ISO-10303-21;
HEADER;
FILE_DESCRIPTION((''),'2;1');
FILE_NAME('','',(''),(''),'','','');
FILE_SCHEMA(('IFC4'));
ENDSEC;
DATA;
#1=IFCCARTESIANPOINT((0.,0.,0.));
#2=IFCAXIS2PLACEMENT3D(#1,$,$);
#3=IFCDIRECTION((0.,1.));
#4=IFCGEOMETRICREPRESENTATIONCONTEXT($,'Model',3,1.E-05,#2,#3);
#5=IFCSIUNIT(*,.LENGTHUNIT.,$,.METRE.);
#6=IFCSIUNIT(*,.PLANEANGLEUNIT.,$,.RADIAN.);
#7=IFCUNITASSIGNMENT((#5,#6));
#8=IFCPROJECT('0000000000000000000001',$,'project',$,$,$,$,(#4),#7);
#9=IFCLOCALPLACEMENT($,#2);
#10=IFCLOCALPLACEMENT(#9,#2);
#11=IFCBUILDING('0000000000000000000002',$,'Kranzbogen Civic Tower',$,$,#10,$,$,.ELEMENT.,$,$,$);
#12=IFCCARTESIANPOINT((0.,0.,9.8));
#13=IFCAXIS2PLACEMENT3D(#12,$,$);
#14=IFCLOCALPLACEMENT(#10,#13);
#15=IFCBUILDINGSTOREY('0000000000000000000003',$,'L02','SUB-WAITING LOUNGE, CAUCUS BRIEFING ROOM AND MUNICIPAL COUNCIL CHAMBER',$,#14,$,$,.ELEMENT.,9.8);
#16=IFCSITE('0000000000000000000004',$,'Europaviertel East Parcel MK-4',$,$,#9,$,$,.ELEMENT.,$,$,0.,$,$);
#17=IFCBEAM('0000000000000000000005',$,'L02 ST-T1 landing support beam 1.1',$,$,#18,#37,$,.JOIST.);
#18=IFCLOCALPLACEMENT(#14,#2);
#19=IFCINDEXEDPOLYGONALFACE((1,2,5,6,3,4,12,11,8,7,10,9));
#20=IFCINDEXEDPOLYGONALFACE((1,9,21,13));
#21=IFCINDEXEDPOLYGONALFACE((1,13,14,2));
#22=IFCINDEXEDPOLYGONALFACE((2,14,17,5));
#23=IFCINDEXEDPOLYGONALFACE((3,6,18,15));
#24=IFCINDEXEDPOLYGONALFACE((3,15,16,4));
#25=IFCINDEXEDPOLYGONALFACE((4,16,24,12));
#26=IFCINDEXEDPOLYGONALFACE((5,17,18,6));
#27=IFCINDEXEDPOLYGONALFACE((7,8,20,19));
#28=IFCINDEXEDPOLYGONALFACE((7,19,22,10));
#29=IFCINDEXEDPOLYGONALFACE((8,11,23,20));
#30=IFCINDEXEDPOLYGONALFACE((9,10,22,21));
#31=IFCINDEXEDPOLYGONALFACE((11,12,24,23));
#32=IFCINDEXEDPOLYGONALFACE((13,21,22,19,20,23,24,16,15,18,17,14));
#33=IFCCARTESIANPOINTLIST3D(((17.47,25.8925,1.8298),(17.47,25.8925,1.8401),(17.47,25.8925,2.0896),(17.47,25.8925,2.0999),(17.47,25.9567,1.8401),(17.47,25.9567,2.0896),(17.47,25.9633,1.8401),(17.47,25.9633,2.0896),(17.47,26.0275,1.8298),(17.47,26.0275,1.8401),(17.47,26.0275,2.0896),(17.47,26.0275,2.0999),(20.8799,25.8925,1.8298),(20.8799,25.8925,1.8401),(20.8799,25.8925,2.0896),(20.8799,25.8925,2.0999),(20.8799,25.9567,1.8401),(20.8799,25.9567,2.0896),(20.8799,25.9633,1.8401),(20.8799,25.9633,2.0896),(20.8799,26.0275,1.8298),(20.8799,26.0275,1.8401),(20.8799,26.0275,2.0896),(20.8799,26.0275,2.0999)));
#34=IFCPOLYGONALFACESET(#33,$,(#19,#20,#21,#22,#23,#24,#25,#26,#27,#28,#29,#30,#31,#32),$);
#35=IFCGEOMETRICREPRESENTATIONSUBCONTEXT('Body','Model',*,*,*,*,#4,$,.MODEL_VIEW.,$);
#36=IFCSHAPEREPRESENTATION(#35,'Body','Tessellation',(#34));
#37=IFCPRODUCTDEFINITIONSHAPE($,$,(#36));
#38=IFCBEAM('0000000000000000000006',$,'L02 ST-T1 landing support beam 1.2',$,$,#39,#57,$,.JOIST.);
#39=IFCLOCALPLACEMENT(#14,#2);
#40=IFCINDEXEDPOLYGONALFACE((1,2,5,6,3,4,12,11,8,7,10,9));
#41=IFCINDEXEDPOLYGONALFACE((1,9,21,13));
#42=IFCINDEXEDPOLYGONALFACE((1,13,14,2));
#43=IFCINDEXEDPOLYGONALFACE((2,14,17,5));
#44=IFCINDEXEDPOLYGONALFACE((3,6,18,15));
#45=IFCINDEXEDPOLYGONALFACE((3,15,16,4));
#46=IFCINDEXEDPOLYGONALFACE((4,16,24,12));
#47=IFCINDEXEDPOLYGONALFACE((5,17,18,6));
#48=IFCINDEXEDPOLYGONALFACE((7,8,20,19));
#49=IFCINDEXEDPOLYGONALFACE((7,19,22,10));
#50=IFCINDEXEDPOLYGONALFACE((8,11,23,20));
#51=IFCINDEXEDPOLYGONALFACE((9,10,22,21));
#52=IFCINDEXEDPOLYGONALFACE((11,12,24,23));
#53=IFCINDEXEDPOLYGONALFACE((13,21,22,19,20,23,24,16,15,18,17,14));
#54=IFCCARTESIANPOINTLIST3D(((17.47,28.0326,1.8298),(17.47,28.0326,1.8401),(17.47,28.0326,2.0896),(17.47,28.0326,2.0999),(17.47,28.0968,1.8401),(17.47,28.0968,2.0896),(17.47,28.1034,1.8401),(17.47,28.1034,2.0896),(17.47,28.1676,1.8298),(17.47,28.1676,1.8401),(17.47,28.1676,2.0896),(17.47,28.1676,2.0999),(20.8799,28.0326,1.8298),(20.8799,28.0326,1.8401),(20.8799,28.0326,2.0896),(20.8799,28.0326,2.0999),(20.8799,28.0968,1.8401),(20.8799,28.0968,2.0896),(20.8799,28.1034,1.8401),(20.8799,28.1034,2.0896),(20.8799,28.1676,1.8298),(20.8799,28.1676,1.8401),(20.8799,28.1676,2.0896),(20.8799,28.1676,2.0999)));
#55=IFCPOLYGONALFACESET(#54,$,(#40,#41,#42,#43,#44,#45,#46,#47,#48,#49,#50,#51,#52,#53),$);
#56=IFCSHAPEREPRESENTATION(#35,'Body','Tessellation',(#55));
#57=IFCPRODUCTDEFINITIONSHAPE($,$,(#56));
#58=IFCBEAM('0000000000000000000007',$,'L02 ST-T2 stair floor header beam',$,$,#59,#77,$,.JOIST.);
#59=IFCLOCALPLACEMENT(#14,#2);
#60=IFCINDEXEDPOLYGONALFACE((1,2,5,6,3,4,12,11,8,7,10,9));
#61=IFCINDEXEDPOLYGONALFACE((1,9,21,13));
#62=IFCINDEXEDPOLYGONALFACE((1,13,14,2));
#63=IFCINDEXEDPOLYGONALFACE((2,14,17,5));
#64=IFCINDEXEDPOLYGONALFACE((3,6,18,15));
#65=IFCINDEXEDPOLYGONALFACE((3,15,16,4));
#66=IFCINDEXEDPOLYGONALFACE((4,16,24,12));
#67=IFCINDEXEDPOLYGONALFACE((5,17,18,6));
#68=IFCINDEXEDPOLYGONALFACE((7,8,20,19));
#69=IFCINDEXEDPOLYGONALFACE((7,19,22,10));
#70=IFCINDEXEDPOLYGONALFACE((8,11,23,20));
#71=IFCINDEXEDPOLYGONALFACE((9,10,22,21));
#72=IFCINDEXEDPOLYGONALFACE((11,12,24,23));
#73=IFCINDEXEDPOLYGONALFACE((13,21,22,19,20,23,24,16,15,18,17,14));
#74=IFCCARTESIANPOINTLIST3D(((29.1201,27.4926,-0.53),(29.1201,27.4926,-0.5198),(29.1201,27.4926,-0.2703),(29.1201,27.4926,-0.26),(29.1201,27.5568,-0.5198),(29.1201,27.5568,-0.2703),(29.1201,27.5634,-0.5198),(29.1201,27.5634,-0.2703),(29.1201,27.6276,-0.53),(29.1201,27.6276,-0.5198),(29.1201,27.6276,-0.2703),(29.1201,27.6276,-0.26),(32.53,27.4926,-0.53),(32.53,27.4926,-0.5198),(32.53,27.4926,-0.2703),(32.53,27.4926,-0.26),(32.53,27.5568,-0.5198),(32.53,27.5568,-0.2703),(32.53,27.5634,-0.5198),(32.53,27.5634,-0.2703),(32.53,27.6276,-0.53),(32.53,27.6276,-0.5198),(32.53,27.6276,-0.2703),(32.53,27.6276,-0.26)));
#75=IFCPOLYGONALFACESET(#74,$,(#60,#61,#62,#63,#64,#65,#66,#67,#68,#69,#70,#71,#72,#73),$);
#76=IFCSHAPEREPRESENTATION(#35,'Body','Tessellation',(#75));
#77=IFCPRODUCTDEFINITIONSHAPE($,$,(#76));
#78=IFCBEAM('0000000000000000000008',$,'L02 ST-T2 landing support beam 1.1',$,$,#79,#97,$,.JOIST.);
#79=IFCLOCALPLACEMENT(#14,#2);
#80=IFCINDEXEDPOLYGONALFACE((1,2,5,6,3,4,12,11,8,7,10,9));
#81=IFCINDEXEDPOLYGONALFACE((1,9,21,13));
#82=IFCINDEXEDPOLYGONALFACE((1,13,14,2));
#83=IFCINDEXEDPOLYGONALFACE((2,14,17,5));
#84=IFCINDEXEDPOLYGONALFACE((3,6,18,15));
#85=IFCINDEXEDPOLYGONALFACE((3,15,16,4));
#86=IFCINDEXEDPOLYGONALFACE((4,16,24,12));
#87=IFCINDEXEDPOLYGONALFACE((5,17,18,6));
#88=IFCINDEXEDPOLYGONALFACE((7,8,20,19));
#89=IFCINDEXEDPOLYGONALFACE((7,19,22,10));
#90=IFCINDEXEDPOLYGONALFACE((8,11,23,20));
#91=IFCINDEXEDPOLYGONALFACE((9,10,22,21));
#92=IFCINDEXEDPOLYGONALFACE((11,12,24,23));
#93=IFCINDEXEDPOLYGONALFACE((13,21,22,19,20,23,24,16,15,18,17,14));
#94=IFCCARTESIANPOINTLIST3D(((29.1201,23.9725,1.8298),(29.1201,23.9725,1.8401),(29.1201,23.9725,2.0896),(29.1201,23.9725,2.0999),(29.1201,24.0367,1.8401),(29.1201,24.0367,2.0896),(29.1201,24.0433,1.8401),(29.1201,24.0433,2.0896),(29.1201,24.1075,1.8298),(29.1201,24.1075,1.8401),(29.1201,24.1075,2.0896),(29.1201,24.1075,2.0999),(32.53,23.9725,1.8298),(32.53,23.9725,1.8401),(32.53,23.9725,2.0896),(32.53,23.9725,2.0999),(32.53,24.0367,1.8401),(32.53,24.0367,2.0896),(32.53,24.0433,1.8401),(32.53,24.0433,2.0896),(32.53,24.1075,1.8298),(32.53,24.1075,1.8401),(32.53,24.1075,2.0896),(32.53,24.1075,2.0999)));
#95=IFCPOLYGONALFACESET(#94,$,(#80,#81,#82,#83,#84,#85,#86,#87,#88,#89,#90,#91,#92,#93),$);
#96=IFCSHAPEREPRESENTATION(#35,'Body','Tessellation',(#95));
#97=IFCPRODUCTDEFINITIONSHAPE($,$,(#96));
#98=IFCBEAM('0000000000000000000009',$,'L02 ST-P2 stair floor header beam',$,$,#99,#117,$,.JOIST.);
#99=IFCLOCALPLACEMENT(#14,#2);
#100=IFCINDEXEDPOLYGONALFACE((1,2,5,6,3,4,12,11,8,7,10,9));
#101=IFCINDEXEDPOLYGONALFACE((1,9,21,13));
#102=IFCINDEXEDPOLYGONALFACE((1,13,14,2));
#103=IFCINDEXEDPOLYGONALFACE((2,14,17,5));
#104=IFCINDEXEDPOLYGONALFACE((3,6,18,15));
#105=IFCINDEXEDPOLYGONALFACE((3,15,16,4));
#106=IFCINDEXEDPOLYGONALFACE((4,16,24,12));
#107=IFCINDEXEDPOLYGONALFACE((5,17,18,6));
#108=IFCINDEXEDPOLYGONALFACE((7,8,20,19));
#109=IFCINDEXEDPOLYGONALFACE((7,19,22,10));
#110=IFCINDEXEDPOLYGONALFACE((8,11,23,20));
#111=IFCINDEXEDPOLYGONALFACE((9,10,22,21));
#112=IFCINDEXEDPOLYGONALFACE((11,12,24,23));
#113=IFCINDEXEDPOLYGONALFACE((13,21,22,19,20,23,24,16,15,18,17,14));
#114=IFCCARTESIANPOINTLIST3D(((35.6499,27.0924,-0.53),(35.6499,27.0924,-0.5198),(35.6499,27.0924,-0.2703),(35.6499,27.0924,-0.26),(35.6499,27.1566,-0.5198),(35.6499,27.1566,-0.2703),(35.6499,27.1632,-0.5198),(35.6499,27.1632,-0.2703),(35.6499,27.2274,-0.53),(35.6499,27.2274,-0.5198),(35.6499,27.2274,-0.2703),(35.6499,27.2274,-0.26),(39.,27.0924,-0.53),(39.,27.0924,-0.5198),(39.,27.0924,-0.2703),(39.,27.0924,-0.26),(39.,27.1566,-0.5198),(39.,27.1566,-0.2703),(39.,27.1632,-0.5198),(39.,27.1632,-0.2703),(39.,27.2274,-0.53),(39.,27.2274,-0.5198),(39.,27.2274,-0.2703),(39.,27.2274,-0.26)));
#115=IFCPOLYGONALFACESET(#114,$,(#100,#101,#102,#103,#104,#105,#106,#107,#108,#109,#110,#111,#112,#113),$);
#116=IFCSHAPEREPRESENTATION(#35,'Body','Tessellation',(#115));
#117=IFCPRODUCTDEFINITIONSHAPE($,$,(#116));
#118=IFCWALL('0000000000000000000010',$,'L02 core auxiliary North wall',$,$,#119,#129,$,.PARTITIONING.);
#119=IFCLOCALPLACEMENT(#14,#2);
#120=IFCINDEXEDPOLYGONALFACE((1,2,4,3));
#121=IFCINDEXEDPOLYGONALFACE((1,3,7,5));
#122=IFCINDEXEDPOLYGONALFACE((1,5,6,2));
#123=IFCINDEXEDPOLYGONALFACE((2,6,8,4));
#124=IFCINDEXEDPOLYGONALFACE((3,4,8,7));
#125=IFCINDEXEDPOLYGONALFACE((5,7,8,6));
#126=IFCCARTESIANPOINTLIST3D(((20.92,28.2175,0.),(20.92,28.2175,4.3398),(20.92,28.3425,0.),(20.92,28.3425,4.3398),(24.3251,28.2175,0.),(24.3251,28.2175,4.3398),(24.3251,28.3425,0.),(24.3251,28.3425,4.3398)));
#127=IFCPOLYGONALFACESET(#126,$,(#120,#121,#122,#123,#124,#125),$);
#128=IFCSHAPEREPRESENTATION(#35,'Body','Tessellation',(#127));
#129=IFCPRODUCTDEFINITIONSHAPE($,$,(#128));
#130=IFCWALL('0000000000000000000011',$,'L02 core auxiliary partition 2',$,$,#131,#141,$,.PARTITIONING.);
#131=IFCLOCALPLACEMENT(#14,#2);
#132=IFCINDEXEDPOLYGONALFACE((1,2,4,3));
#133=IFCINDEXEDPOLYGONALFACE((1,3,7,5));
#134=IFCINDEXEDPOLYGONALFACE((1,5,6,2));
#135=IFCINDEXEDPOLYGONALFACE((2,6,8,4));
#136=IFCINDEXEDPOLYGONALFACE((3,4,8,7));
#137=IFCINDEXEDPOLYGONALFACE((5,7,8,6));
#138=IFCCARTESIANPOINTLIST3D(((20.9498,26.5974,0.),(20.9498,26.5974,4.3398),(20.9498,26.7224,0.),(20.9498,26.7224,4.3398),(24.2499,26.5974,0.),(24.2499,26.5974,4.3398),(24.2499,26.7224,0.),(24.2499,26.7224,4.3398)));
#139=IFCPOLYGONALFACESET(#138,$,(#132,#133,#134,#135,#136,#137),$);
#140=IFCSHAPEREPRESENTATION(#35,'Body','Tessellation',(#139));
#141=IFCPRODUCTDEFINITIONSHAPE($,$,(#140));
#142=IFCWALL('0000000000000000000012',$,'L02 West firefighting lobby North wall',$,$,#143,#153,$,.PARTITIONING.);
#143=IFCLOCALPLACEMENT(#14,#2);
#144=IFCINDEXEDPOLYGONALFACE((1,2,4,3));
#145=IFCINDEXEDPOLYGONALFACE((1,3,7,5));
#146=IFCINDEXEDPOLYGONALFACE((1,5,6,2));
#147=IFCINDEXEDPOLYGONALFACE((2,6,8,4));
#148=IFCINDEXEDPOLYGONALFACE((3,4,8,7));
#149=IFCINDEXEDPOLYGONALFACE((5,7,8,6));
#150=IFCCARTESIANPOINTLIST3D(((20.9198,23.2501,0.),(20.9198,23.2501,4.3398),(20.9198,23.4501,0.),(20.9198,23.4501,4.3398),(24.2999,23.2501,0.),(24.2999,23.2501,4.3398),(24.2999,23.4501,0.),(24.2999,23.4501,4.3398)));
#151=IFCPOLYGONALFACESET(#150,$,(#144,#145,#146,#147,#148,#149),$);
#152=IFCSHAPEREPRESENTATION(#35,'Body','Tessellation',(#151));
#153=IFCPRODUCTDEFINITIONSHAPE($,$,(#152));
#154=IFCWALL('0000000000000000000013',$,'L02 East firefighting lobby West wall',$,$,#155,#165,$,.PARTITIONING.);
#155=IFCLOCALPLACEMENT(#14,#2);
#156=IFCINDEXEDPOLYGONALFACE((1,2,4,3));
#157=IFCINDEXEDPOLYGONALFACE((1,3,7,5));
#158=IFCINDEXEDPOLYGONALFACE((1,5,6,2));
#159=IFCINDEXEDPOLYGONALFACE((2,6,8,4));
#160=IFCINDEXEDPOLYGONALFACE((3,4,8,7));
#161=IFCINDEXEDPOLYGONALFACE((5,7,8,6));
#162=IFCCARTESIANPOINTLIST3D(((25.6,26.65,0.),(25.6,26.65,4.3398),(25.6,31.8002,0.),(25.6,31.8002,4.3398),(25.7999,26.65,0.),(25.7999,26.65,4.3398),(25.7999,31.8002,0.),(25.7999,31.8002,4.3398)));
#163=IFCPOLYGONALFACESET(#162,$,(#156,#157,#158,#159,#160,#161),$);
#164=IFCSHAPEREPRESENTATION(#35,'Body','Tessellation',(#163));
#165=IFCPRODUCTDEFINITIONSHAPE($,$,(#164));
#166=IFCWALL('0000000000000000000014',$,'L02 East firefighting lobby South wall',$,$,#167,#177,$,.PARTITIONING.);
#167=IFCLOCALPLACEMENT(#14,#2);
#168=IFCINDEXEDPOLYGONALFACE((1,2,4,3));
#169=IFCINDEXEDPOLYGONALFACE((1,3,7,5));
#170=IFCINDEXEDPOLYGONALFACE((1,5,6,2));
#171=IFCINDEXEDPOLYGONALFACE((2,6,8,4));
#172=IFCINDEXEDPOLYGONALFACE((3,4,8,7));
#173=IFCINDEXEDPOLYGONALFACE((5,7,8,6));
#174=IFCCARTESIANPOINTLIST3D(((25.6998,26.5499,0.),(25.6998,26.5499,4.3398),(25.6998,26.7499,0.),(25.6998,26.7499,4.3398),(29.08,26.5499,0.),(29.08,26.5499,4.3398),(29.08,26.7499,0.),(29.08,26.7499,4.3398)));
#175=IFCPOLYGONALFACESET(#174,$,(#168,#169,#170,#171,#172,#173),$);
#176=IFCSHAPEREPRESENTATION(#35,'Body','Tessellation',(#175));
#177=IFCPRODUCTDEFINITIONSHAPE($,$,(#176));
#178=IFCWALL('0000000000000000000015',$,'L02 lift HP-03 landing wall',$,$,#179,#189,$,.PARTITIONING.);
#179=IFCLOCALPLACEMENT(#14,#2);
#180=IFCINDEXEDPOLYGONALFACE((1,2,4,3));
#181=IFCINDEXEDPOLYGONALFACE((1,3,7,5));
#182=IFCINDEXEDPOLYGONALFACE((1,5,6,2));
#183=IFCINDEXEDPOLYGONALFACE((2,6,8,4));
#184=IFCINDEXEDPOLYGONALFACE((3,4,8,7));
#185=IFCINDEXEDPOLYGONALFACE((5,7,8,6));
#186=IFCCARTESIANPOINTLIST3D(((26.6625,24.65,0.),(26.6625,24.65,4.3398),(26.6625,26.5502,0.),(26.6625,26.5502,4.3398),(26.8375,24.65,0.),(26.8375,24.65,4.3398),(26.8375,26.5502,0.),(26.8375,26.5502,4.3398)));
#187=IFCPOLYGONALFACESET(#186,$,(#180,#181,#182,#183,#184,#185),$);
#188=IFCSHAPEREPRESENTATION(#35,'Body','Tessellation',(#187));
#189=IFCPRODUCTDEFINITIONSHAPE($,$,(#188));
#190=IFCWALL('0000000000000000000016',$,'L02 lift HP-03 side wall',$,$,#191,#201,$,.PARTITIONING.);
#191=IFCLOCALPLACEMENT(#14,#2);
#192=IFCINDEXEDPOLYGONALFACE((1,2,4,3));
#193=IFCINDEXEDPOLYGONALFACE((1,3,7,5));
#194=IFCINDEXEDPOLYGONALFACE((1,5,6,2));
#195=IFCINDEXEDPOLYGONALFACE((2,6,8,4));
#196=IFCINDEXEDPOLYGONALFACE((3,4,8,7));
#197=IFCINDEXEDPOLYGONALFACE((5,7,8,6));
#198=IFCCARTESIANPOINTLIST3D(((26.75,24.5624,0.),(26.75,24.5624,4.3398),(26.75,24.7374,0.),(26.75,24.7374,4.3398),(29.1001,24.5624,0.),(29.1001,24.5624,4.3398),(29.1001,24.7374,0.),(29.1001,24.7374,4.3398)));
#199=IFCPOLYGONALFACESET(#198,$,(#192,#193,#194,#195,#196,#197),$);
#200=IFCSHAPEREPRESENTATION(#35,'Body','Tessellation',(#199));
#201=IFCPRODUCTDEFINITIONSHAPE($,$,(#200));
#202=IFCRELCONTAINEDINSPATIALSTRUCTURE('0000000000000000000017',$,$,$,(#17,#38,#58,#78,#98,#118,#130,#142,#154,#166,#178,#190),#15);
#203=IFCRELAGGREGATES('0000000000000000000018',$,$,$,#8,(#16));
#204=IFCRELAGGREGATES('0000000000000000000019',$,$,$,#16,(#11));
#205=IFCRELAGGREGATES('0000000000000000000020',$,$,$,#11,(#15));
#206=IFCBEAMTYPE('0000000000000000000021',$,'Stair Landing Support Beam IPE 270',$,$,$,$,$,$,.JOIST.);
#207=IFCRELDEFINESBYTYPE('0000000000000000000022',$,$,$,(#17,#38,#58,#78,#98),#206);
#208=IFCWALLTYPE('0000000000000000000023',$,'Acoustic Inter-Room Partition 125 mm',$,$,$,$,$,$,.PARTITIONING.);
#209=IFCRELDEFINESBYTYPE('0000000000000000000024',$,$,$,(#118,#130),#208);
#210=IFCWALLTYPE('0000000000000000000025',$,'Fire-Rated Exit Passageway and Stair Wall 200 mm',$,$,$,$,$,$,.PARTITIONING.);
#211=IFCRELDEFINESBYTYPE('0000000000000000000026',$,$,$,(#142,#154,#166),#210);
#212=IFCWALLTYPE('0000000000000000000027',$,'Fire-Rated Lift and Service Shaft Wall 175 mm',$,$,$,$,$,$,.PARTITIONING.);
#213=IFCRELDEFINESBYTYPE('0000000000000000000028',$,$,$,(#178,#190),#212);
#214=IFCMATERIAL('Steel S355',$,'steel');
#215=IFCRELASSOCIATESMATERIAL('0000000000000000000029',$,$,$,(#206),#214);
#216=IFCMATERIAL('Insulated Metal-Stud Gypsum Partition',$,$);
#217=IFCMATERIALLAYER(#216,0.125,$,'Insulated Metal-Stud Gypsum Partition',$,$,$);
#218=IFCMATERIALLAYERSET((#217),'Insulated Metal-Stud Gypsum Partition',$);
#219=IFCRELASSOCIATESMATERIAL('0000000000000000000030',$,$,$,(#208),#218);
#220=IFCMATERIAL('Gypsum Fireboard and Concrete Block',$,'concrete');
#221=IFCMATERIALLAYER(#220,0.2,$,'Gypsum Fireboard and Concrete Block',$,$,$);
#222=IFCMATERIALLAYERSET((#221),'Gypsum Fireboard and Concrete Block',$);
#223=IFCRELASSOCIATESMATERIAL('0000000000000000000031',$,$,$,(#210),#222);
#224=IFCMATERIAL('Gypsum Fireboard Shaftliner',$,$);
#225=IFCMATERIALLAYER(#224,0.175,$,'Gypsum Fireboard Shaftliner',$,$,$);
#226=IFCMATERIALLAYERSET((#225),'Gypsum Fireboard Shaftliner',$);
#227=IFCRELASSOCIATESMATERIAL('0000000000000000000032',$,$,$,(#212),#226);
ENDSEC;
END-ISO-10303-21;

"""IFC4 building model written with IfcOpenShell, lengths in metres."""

from ifc_helpers import new_model, si_unit, direction, frame, frame_2d, origin, origin_2d, place, context, subcontext, project, spatial, rectangle, i_section, extrude, material, layer, layer_set, material_profile, profile_set, type_object, element, save


model = new_model("IFC4")

# Units and contexts
model_context = context("Model", 3, precision=1e-05, world=origin(), true_north=direction((0.0, 1.0)))
body_context = subcontext(model_context, "Body", "Model", "MODEL_VIEW")
ifc_project = project(units=[si_unit("LENGTHUNIT", "METRE"), si_unit("PLANEANGLEUNIT", "RADIAN")], contexts=[model_context])

# Site, building, storey
site_placement = place(None, origin())
site = spatial("IfcSite", under=ifc_project, at=site_placement, Name="Europaviertel East Parcel MK-4", CompositionType="ELEMENT", RefElevation=0.0)
building_placement = place(site_placement, origin())
building = spatial("IfcBuilding", under=site, at=building_placement, Name="Kranzbogen Civic Tower", CompositionType="ELEMENT")
storey_placement = place(building_placement, frame((0.0, 0.0, 9.8)))
storey = spatial("IfcBuildingStorey", under=building, at=storey_placement, Name="L02", Description="SUB-WAITING LOUNGE, CAUCUS BRIEFING ROOM AND MUNICIPAL COUNCIL CHAMBER", CompositionType="ELEMENT", Elevation=9.8)

# Beams
ifc_material_1 = material(Name="Steel S355", Category="steel")
ifc_material_profile = material_profile(ifc_material_1, i_section(OverallWidth=0.135, OverallDepth=0.27, WebThickness=0.0066, FlangeThickness=0.0103, at=origin_2d()), Name="IPE 270")
ifc_profile_set = profile_set([ifc_material_profile], Name="Steel S355")
beam_type = type_object("IfcBeamType", Name="Stair Landing Support Beam IPE 270", PredefinedType="JOIST", material=ifc_profile_set)
for number, where, z_axis, x_axis, name in (
    (1, (20.8799, 25.96, 1.9648), (-1.0, 0.0, 0.0), (0.0, -1.0, 0.0), "L02 ST-T1 landing support beam 1.1"),
    (2, (20.8799, 28.1001, 1.9648), (-1.0, 0.0, 0.0), (0.0, -1.0, 0.0), "L02 ST-T1 landing support beam 1.2"),
    (3, (29.1201, 27.5601, -0.395), (1.0, 0.0, 0.0), (0.0, 1.0, 0.0), "L02 ST-T2 stair floor header beam"),
    (4, (29.1201, 24.04, 1.9648), (1.0, 0.0, 0.0), (0.0, 1.0, 0.0), "L02 ST-T2 landing support beam 1.1"),
):
    element("IfcBeam", number, at=place(storey_placement, frame(where, z_axis=z_axis, x_axis=x_axis)), inside=storey, type_object=beam_type, Name=name, PredefinedType="JOIST", context=body_context, shape_type="SweptSolid", body=[
        extrude(i_section(OverallWidth=0.135, OverallDepth=0.27, WebThickness=0.0066, FlangeThickness=0.0103, at=origin_2d()), origin(), (0.0, 0.0, 1.0), 3.4099),
    ])
beam_placement = place(storey_placement, frame((35.6499, 27.1599, -0.395), z_axis=(1.0, 0.0, 0.0), x_axis=(0.0, 1.0, 0.0)))
element("IfcBeam", 5, at=beam_placement, inside=storey, type_object=beam_type, Name="L02 ST-P2 stair floor header beam", PredefinedType="JOIST", context=body_context, shape_type="SweptSolid", body=[
    extrude(i_section(OverallWidth=0.135, OverallDepth=0.27, WebThickness=0.0066, FlangeThickness=0.0103, at=origin_2d()), origin(), (0.0, 0.0, 1.0), 3.3501),
])

# Walls
ifc_material_2 = material(Name="Insulated Metal-Stud Gypsum Partition")
ifc_layer_1 = layer(ifc_material_2, 0.125, Name="Insulated Metal-Stud Gypsum Partition")
ifc_layer_set_1 = layer_set([ifc_layer_1], Name="Insulated Metal-Stud Gypsum Partition")
wall_type_1 = type_object("IfcWallType", Name="Acoustic Inter-Room Partition 125 mm", PredefinedType="PARTITIONING", material=ifc_layer_set_1)
wall_1_placement = place(storey_placement, frame((20.9199, 28.28, 0.0), z_axis=(0.0, 0.0, 1.0), x_axis=(1.0, 0.0, 0.0)))
element("IfcWall", 6, at=wall_1_placement, inside=storey, type_object=wall_type_1, Name="L02 core auxiliary North wall", PredefinedType="PARTITIONING", context=body_context, shape_type="SweptSolid", body=[
    extrude(rectangle(XDim=3.405, YDim=0.125, at=frame_2d((1.7026, 0.0))), origin(), (0.0, 0.0, 1.0), 4.3398),
])
wall_2_placement = place(storey_placement, frame((20.95, 26.6599, 0.0), z_axis=(0.0, 0.0, 1.0), x_axis=(1.0, 0.0, 0.0)))
element("IfcWall", 7, at=wall_2_placement, inside=storey, type_object=wall_type_1, Name="L02 core auxiliary partition 2", PredefinedType="PARTITIONING", context=body_context, shape_type="SweptSolid", body=[
    extrude(rectangle(XDim=3.3, YDim=0.125, at=frame_2d((1.6499, 0.0))), origin(), (0.0, 0.0, 1.0), 4.3398),
])
ifc_material_3 = material(Name="Gypsum Fireboard and Concrete Block", Category="concrete")
ifc_layer_2 = layer(ifc_material_3, 0.2, Name="Gypsum Fireboard and Concrete Block")
ifc_layer_set_2 = layer_set([ifc_layer_2], Name="Gypsum Fireboard and Concrete Block")
wall_type_2 = type_object("IfcWallType", Name="Fire-Rated Exit Passageway and Stair Wall 200 mm", PredefinedType="PARTITIONING", material=ifc_layer_set_2)
wall_3_placement = place(storey_placement, frame((20.9199, 23.3501, 0.0), z_axis=(0.0, 0.0, 1.0), x_axis=(1.0, 0.0, 0.0)))
element("IfcWall", 8, at=wall_3_placement, inside=storey, type_object=wall_type_2, Name="L02 West firefighting lobby North wall", PredefinedType="PARTITIONING", context=body_context, shape_type="SweptSolid", body=[
    extrude(rectangle(XDim=3.3801, YDim=0.2, at=frame_2d((1.6899, 0.0))), origin(), (0.0, 0.0, 1.0), 4.3398),
])
wall_4_placement = place(storey_placement, frame((25.7, 26.6499, 0.0), z_axis=(0.0, 0.0, 1.0), x_axis=(0.0, 1.0, 0.0)))
element("IfcWall", 9, at=wall_4_placement, inside=storey, type_object=wall_type_2, Name="L02 East firefighting lobby West wall", PredefinedType="PARTITIONING", context=body_context, shape_type="SweptSolid", body=[
    extrude(rectangle(XDim=5.1501, YDim=0.2, at=frame_2d((2.5752, 0.0))), origin(), (0.0, 0.0, 1.0), 4.3398),
])
wall_5_placement = place(storey_placement, frame((25.7, 26.6499, 0.0), z_axis=(0.0, 0.0, 1.0), x_axis=(1.0, 0.0, 0.0)))
element("IfcWall", 10, at=wall_5_placement, inside=storey, type_object=wall_type_2, Name="L02 East firefighting lobby South wall", PredefinedType="PARTITIONING", context=body_context, shape_type="SweptSolid", body=[
    extrude(rectangle(XDim=3.3801, YDim=0.2, at=frame_2d((1.6899, 0.0))), origin(), (0.0, 0.0, 1.0), 4.3398),
])
ifc_material_4 = material(Name="Gypsum Fireboard Shaftliner")
ifc_layer_3 = layer(ifc_material_4, 0.175, Name="Gypsum Fireboard Shaftliner")
ifc_layer_set_3 = layer_set([ifc_layer_3], Name="Gypsum Fireboard Shaftliner")
wall_type_3 = type_object("IfcWallType", Name="Fire-Rated Lift and Service Shaft Wall 175 mm", PredefinedType="PARTITIONING", material=ifc_layer_set_3)
wall_6_placement = place(storey_placement, frame((26.75, 24.6499, 0.0), z_axis=(0.0, 0.0, 1.0), x_axis=(0.0, 1.0, 0.0)))
element("IfcWall", 11, at=wall_6_placement, inside=storey, type_object=wall_type_3, Name="L02 lift HP-03 landing wall", PredefinedType="PARTITIONING", context=body_context, shape_type="SweptSolid", body=[
    extrude(rectangle(XDim=1.9001, YDim=0.175, at=frame_2d((0.9502, 0.0))), origin(), (0.0, 0.0, 1.0), 4.3398),
])
wall_7_placement = place(storey_placement, frame((26.75, 24.6499, 0.0), z_axis=(0.0, 0.0, 1.0), x_axis=(1.0, 0.0, 0.0)))
element("IfcWall", 12, at=wall_7_placement, inside=storey, type_object=wall_type_3, Name="L02 lift HP-03 side wall", PredefinedType="PARTITIONING", context=body_context, shape_type="SweptSolid", body=[
    extrude(rectangle(XDim=2.3501, YDim=0.175, at=frame_2d((1.175, 0.0))), origin(), (0.0, 0.0, 1.0), 4.3398),
])

save(model, "model.ifc")
